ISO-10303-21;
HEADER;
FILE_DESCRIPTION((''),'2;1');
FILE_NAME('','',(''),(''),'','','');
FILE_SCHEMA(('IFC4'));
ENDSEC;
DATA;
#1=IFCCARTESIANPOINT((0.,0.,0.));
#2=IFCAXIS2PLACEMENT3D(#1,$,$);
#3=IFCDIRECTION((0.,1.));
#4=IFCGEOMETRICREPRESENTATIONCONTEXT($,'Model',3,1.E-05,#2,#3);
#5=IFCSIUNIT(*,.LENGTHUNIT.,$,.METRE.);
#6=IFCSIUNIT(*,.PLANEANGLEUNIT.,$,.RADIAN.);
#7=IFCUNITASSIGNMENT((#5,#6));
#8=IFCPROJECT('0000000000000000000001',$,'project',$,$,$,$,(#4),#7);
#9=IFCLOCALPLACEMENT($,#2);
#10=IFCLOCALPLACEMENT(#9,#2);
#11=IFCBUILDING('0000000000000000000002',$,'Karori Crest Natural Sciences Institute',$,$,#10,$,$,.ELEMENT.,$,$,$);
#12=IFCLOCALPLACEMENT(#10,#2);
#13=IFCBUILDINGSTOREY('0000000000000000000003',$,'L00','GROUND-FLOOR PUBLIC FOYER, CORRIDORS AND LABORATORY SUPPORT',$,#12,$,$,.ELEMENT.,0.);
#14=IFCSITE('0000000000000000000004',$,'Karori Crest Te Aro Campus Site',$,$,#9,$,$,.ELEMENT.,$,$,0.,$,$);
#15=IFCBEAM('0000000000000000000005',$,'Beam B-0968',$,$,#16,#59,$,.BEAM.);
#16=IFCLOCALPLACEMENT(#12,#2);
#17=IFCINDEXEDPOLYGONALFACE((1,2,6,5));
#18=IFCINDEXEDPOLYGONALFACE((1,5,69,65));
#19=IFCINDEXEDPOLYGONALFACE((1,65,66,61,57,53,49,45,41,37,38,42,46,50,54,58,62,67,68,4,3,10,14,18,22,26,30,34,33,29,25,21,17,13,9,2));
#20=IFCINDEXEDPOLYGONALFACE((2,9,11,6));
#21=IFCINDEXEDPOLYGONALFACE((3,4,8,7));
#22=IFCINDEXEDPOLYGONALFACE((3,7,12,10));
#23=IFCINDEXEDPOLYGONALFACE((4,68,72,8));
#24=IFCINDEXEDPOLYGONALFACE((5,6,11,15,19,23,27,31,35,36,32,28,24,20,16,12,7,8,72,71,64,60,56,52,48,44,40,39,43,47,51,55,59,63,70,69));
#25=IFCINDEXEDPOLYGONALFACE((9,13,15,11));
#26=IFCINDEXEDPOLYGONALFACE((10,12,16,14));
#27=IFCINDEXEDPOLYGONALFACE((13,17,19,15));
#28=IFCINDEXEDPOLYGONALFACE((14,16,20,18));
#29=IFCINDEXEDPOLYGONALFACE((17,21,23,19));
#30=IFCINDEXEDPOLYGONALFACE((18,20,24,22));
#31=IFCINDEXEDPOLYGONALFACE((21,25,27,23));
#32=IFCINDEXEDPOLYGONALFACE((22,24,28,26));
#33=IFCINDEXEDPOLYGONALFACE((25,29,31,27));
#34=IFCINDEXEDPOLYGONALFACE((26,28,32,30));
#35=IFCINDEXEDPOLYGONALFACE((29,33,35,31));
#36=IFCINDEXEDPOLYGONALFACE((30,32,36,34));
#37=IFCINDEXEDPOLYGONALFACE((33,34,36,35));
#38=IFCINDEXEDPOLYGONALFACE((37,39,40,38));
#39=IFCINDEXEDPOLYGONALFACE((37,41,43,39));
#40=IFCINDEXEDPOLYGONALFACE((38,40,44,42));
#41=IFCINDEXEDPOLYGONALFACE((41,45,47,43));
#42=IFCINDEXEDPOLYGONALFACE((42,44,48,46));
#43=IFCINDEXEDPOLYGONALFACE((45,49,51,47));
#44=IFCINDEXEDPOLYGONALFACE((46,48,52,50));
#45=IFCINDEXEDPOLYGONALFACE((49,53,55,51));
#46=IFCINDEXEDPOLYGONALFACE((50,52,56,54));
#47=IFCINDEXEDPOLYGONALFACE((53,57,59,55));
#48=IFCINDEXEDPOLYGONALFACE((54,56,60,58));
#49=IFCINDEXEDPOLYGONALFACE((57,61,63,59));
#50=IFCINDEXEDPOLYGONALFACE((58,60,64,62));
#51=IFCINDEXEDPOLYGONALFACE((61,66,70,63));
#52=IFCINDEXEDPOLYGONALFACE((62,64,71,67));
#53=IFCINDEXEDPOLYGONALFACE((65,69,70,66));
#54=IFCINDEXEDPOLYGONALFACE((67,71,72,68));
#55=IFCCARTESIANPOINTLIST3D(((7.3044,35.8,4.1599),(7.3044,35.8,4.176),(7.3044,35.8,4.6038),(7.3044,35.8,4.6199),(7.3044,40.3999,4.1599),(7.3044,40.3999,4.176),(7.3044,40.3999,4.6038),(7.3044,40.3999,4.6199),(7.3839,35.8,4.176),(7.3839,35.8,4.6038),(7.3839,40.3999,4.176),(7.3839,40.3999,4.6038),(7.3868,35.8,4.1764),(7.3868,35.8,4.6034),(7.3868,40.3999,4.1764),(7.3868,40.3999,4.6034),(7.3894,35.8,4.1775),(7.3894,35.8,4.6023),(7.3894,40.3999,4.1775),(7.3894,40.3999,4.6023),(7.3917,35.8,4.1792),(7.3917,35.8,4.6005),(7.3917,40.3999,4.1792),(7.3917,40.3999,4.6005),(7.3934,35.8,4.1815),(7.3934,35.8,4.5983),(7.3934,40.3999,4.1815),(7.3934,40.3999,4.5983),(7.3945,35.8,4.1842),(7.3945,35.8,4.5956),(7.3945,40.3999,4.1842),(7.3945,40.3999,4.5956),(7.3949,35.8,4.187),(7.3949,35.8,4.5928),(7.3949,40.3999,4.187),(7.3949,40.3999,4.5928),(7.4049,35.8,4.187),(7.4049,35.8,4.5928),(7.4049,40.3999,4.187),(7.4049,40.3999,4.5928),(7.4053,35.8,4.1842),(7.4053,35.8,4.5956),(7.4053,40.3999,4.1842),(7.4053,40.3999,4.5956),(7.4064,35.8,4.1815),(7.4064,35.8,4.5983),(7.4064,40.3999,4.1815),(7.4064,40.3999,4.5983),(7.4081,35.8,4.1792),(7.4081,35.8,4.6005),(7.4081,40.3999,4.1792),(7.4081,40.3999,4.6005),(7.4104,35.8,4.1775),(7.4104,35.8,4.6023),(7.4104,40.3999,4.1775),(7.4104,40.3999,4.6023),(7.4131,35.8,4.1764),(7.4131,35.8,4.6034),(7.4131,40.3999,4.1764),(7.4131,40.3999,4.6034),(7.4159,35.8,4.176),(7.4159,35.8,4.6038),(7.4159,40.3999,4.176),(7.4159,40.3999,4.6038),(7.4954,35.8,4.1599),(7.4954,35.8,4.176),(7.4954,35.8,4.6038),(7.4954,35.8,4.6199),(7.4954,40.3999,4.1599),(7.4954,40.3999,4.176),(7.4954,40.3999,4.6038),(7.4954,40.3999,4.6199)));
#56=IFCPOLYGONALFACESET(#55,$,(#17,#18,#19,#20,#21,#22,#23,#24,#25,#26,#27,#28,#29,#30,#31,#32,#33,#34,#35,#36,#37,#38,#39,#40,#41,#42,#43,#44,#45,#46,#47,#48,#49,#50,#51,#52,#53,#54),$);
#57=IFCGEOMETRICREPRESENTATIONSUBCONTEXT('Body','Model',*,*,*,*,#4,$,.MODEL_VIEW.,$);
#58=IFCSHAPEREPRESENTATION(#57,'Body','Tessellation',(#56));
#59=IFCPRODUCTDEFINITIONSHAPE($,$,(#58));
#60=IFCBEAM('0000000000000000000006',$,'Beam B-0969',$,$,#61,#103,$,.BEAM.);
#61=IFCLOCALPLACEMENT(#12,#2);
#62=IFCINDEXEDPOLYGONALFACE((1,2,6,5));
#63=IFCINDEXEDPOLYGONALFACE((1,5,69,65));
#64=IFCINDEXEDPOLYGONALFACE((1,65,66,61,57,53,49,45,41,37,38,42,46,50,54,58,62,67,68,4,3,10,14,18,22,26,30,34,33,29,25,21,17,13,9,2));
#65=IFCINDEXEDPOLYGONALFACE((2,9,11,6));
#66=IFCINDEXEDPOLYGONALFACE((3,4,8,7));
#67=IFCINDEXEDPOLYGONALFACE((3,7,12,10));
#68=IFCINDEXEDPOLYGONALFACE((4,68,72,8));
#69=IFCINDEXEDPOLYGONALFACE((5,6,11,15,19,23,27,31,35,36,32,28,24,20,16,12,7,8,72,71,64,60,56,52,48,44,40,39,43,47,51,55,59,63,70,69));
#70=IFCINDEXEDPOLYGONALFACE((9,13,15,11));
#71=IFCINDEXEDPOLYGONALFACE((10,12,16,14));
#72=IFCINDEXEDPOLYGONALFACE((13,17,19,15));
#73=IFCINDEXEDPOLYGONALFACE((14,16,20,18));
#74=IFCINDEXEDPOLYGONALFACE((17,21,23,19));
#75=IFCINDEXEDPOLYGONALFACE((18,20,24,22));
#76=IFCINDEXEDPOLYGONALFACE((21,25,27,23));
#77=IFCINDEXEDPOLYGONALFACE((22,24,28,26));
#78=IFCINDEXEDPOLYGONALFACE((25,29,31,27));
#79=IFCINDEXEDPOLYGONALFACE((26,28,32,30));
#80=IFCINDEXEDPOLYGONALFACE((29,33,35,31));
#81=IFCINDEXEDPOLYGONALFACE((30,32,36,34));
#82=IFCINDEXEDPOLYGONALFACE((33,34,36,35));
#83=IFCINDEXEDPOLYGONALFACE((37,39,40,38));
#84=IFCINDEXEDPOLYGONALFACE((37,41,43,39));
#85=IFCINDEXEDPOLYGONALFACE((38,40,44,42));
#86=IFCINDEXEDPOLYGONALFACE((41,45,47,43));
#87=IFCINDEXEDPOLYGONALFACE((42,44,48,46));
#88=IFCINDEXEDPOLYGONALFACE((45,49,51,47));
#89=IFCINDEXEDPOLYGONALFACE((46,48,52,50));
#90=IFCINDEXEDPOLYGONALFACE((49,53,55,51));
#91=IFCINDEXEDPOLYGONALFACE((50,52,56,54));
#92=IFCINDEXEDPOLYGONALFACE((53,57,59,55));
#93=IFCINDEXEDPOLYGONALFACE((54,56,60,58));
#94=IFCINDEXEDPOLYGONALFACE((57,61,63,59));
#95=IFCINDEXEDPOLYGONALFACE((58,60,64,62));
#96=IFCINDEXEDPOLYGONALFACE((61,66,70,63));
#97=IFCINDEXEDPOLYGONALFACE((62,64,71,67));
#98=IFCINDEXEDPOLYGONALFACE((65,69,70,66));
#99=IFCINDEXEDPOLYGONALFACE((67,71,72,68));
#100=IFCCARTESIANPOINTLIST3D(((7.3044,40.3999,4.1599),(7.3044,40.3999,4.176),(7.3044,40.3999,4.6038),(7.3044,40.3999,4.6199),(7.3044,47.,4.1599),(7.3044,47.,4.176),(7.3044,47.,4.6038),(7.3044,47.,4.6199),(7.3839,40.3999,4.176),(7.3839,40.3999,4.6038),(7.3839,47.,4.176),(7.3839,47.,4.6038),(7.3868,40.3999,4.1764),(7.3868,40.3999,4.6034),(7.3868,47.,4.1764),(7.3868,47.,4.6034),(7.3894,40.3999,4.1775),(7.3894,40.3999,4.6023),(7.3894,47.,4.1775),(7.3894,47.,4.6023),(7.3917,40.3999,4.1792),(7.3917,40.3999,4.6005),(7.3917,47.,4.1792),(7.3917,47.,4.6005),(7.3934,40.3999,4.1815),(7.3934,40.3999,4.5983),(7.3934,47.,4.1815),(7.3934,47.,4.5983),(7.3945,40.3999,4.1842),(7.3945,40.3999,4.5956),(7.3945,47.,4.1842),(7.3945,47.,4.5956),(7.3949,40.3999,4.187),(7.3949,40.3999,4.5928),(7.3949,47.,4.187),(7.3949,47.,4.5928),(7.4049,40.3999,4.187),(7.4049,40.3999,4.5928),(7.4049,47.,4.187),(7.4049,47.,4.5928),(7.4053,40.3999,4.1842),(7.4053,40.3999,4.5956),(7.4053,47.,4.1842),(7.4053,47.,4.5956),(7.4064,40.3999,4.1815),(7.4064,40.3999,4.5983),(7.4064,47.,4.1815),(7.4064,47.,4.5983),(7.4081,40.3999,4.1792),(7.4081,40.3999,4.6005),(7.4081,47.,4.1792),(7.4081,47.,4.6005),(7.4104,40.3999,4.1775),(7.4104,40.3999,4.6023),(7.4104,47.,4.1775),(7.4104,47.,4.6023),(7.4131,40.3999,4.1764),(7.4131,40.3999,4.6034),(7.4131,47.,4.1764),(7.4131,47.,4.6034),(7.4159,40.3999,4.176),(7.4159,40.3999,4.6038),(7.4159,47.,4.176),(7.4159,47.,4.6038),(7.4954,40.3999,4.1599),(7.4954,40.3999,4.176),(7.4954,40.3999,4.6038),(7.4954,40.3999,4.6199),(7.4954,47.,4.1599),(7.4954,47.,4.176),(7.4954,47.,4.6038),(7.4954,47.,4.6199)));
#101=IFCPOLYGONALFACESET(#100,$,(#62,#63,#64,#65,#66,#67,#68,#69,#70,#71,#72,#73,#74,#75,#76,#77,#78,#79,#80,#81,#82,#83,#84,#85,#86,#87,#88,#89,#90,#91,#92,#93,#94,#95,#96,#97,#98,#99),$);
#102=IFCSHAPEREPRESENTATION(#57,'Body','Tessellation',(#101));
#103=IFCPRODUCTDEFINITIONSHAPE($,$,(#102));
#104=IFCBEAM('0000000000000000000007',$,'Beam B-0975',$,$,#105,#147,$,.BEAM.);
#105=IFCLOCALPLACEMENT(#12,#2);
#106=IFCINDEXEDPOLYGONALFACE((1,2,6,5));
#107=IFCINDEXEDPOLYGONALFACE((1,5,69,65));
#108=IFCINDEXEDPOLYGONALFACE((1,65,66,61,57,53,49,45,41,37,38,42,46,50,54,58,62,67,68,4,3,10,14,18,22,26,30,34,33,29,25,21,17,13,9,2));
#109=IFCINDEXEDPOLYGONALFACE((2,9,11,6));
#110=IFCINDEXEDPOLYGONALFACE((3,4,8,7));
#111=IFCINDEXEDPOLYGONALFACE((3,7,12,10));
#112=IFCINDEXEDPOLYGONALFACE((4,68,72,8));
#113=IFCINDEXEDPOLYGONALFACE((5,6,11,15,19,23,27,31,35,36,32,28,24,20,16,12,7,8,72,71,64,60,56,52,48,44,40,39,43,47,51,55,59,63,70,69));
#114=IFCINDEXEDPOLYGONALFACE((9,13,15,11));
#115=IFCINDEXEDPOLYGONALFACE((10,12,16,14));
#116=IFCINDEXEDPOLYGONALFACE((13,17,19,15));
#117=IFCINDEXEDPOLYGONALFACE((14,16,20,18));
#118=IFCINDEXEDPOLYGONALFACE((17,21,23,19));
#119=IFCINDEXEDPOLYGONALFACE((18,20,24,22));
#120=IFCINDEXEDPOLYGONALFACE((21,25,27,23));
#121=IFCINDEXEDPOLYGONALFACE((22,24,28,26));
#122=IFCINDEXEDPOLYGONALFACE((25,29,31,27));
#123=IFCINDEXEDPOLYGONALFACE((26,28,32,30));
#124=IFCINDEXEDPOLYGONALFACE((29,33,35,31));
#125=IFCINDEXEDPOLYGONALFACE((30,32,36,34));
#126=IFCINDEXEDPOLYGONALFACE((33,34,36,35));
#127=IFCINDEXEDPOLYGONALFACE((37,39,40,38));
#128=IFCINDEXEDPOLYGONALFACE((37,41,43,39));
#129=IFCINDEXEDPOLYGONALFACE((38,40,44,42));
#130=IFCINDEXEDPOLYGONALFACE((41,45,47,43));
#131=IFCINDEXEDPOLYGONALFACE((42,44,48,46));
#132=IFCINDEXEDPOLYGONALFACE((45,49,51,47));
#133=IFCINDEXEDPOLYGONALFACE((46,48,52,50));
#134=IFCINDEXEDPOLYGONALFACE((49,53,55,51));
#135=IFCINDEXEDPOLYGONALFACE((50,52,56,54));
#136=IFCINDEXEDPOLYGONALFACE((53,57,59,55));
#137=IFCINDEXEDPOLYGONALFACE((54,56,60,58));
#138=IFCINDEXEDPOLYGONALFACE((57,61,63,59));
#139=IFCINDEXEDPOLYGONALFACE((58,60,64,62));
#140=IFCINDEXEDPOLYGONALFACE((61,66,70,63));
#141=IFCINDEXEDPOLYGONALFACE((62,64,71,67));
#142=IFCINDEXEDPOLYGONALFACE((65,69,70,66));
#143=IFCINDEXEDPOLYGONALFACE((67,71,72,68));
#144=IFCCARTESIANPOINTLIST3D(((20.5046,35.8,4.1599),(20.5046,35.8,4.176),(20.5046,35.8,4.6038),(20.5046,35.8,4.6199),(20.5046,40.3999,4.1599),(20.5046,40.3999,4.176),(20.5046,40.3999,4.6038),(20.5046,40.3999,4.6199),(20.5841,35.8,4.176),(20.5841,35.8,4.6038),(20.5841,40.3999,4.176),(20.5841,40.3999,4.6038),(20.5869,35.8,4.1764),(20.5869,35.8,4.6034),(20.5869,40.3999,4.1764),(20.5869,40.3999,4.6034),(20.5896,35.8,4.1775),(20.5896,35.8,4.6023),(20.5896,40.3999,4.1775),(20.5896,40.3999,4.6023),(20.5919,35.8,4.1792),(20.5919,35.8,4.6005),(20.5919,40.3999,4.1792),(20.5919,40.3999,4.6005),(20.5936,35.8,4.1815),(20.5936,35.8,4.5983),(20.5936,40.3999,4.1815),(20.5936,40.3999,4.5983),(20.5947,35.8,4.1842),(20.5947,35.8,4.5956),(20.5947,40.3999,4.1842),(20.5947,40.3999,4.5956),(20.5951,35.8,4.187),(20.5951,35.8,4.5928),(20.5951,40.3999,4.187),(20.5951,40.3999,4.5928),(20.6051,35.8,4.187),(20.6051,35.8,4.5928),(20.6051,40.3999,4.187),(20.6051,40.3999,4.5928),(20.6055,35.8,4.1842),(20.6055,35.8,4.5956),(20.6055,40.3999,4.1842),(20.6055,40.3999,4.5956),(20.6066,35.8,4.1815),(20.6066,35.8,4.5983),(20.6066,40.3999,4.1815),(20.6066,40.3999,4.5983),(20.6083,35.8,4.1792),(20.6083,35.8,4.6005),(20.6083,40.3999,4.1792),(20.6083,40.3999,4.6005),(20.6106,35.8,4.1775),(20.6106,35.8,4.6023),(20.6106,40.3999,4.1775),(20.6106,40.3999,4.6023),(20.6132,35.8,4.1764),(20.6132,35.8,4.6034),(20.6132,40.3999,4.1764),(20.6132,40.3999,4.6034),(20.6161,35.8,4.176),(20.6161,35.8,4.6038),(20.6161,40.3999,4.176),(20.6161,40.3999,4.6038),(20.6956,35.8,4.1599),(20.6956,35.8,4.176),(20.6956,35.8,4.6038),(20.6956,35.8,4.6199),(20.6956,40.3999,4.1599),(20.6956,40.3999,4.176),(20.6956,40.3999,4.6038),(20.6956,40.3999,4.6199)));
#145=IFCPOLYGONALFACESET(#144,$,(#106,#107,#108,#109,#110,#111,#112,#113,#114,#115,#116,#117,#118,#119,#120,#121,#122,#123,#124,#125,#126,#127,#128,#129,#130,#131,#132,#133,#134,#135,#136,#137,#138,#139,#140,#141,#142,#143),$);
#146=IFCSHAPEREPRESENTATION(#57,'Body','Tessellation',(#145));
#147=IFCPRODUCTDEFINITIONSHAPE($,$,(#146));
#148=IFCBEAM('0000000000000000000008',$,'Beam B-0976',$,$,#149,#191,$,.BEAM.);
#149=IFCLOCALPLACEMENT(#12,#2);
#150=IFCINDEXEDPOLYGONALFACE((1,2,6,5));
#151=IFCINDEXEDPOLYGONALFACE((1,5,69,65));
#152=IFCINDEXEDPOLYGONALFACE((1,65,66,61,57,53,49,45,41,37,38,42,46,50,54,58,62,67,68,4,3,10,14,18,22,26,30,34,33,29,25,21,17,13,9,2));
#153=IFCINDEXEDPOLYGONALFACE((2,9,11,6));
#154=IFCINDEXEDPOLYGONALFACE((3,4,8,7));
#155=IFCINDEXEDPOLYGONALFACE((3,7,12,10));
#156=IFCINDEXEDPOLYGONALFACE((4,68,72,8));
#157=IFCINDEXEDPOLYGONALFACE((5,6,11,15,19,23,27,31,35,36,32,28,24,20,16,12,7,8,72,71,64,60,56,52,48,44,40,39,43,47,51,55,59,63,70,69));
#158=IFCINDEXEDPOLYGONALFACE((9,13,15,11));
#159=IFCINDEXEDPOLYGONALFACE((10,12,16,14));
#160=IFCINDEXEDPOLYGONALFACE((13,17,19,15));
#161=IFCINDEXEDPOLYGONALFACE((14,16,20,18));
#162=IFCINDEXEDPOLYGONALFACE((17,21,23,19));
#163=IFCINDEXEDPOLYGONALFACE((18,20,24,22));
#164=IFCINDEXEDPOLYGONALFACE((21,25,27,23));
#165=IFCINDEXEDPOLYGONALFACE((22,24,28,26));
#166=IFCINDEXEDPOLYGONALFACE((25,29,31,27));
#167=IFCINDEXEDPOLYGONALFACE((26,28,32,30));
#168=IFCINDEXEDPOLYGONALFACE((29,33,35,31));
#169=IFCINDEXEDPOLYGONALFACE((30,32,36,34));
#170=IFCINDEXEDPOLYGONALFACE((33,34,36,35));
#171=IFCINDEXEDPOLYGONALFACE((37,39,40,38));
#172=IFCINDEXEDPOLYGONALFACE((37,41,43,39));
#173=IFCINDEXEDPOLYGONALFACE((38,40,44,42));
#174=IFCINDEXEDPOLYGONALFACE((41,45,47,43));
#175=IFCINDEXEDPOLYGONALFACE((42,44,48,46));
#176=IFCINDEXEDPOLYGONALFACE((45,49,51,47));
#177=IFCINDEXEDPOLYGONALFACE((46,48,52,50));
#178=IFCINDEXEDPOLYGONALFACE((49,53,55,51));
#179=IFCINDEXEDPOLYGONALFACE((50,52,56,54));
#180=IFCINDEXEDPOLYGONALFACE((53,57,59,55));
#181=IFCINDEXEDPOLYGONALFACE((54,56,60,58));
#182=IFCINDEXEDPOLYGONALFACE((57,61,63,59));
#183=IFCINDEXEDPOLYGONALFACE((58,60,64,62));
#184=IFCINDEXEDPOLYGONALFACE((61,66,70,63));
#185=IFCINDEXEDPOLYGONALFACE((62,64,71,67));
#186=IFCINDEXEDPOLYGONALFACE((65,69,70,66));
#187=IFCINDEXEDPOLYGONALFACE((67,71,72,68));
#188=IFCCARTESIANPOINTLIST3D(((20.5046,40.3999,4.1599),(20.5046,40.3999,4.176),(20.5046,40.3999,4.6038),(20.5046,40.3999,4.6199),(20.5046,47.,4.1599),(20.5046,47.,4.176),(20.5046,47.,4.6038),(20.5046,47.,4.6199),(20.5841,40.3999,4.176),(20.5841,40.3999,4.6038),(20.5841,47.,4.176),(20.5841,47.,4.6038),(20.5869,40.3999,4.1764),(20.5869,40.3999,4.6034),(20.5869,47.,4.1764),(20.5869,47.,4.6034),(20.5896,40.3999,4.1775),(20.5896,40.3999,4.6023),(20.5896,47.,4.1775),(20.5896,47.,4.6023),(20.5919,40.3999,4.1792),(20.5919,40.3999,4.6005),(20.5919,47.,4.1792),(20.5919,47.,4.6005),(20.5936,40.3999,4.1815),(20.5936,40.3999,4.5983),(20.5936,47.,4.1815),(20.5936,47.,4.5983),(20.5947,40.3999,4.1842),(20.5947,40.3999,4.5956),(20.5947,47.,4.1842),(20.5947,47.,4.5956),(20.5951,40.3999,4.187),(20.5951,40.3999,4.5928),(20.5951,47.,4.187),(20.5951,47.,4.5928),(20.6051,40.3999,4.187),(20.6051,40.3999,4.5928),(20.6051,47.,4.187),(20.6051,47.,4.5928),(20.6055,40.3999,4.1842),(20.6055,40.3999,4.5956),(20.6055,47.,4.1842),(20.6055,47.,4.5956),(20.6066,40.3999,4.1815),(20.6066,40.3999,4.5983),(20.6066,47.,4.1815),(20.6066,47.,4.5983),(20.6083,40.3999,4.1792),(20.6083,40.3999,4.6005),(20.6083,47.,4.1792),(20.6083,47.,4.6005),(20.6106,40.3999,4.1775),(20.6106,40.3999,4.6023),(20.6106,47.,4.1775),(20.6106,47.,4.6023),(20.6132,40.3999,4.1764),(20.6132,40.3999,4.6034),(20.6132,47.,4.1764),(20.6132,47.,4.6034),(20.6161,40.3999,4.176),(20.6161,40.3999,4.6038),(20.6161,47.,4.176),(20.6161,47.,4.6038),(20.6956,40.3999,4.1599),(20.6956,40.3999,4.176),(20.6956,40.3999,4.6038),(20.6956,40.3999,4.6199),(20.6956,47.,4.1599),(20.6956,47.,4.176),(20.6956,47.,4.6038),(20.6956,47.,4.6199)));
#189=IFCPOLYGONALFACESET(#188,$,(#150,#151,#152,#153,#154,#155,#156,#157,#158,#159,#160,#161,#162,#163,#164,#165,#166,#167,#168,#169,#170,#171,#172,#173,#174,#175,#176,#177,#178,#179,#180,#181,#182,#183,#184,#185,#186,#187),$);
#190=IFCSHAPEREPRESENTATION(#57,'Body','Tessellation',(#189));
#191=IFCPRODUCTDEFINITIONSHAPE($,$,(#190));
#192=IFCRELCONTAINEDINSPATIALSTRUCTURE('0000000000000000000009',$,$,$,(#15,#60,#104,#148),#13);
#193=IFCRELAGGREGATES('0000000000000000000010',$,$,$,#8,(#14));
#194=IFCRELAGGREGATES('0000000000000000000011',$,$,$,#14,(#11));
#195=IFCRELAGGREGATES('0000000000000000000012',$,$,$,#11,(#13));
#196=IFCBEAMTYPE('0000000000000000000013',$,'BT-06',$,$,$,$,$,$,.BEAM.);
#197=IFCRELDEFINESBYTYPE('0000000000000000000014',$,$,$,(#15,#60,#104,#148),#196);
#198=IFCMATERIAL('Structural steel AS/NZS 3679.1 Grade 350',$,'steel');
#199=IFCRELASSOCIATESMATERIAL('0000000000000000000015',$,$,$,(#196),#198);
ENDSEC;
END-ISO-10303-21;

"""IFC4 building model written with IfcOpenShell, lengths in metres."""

from ifc_helpers import new_model, si_unit, direction, frame, origin, origin_2d, place, context, subcontext, project, spatial, i_section, extrude, material, material_profile, profile_set, type_object, element, save


model = new_model("IFC4")

# Units and contexts
model_context = context("Model", 3, precision=1e-05, world=origin(), true_north=direction((0.0, 1.0)))
body_context = subcontext(model_context, "Body", "Model", "MODEL_VIEW")
ifc_project = project(units=[si_unit("LENGTHUNIT", "METRE"), si_unit("PLANEANGLEUNIT", "RADIAN")], contexts=[model_context])

# Site, building, storey
site_placement = place(None, origin())
site = spatial("IfcSite", under=ifc_project, at=site_placement, Name="Karori Crest Te Aro Campus Site", CompositionType="ELEMENT", RefElevation=0.0)
building_placement = place(site_placement, origin())
building = spatial("IfcBuilding", under=site, at=building_placement, Name="Karori Crest Natural Sciences Institute", CompositionType="ELEMENT")
storey_placement = place(building_placement, origin())
storey = spatial("IfcBuildingStorey", under=building, at=storey_placement, Name="L00", Description="GROUND-FLOOR PUBLIC FOYER, CORRIDORS AND LABORATORY SUPPORT", CompositionType="ELEMENT", Elevation=0.0)

# Shared definitions
ifc_material_1 = material(Name="Structural steel AS/NZS 3679.1 Grade 350", Category="steel")

# Beams
ifc_material_profile_1 = material_profile(ifc_material_1, i_section(OverallWidth=0.1909, OverallDepth=0.46, WebThickness=0.01, FlangeThickness=0.0161, FilletRadius=0.011, at=origin_2d()), Name="460UB82.1")
ifc_profile_set_1 = profile_set([ifc_material_profile_1], Name="Structural steel AS/NZS 3679.1 Grade 350")
beam_type_1 = type_object("IfcBeamType", Name="BT-06", PredefinedType="BEAM", material=ifc_profile_set_1)
beam_1_placement = place(storey_placement, frame((7.3999, 35.8, 4.3899), z_axis=(0.0, 1.0, 0.0), x_axis=(-1.0, 0.0, 0.0)))
element("IfcBeam", 1, at=beam_1_placement, inside=storey, type_object=beam_type_1, Name="Beam B-0968", PredefinedType="BEAM", context=body_context, shape_type="SweptSolid", body=[
    extrude(i_section(OverallWidth=0.1909, OverallDepth=0.46, WebThickness=0.01, FlangeThickness=0.0161, FilletRadius=0.011, at=origin_2d()), origin(), (0.0, 0.0, 1.0), 4.5999),
])
beam_2_placement = place(storey_placement, frame((7.3999, 40.3999, 4.3899), z_axis=(0.0, 1.0, 0.0), x_axis=(-1.0, 0.0, 0.0)))
element("IfcBeam", 2, at=beam_2_placement, inside=storey, type_object=beam_type_1, Name="Beam B-0969", PredefinedType="BEAM", context=body_context, shape_type="SweptSolid", body=[
    extrude(i_section(OverallWidth=0.1909, OverallDepth=0.46, WebThickness=0.01, FlangeThickness=0.0161, FilletRadius=0.011, at=origin_2d()), origin(), (0.0, 0.0, 1.0), 6.6001),
])
beam_3_placement = place(storey_placement, frame((20.6001, 35.8, 4.3899), z_axis=(0.0, 1.0, 0.0), x_axis=(-1.0, 0.0, 0.0)))
element("IfcBeam", 3, at=beam_3_placement, inside=storey, type_object=beam_type_1, Name="Beam B-0975", PredefinedType="BEAM", context=body_context, shape_type="SweptSolid", body=[
    extrude(i_section(OverallWidth=0.1909, OverallDepth=0.46, WebThickness=0.01, FlangeThickness=0.0161, FilletRadius=0.011, at=origin_2d()), origin(), (0.0, 0.0, 1.0), 4.5999),
])
beam_4_placement = place(storey_placement, frame((20.6001, 40.3999, 4.3899), z_axis=(0.0, 1.0, 0.0), x_axis=(-1.0, 0.0, 0.0)))
element("IfcBeam", 4, at=beam_4_placement, inside=storey, type_object=beam_type_1, Name="Beam B-0976", PredefinedType="BEAM", context=body_context, shape_type="SweptSolid", body=[
    extrude(i_section(OverallWidth=0.1909, OverallDepth=0.46, WebThickness=0.01, FlangeThickness=0.0161, FilletRadius=0.011, at=origin_2d()), origin(), (0.0, 0.0, 1.0), 6.6001),
])

save(model, "model.ifc")
